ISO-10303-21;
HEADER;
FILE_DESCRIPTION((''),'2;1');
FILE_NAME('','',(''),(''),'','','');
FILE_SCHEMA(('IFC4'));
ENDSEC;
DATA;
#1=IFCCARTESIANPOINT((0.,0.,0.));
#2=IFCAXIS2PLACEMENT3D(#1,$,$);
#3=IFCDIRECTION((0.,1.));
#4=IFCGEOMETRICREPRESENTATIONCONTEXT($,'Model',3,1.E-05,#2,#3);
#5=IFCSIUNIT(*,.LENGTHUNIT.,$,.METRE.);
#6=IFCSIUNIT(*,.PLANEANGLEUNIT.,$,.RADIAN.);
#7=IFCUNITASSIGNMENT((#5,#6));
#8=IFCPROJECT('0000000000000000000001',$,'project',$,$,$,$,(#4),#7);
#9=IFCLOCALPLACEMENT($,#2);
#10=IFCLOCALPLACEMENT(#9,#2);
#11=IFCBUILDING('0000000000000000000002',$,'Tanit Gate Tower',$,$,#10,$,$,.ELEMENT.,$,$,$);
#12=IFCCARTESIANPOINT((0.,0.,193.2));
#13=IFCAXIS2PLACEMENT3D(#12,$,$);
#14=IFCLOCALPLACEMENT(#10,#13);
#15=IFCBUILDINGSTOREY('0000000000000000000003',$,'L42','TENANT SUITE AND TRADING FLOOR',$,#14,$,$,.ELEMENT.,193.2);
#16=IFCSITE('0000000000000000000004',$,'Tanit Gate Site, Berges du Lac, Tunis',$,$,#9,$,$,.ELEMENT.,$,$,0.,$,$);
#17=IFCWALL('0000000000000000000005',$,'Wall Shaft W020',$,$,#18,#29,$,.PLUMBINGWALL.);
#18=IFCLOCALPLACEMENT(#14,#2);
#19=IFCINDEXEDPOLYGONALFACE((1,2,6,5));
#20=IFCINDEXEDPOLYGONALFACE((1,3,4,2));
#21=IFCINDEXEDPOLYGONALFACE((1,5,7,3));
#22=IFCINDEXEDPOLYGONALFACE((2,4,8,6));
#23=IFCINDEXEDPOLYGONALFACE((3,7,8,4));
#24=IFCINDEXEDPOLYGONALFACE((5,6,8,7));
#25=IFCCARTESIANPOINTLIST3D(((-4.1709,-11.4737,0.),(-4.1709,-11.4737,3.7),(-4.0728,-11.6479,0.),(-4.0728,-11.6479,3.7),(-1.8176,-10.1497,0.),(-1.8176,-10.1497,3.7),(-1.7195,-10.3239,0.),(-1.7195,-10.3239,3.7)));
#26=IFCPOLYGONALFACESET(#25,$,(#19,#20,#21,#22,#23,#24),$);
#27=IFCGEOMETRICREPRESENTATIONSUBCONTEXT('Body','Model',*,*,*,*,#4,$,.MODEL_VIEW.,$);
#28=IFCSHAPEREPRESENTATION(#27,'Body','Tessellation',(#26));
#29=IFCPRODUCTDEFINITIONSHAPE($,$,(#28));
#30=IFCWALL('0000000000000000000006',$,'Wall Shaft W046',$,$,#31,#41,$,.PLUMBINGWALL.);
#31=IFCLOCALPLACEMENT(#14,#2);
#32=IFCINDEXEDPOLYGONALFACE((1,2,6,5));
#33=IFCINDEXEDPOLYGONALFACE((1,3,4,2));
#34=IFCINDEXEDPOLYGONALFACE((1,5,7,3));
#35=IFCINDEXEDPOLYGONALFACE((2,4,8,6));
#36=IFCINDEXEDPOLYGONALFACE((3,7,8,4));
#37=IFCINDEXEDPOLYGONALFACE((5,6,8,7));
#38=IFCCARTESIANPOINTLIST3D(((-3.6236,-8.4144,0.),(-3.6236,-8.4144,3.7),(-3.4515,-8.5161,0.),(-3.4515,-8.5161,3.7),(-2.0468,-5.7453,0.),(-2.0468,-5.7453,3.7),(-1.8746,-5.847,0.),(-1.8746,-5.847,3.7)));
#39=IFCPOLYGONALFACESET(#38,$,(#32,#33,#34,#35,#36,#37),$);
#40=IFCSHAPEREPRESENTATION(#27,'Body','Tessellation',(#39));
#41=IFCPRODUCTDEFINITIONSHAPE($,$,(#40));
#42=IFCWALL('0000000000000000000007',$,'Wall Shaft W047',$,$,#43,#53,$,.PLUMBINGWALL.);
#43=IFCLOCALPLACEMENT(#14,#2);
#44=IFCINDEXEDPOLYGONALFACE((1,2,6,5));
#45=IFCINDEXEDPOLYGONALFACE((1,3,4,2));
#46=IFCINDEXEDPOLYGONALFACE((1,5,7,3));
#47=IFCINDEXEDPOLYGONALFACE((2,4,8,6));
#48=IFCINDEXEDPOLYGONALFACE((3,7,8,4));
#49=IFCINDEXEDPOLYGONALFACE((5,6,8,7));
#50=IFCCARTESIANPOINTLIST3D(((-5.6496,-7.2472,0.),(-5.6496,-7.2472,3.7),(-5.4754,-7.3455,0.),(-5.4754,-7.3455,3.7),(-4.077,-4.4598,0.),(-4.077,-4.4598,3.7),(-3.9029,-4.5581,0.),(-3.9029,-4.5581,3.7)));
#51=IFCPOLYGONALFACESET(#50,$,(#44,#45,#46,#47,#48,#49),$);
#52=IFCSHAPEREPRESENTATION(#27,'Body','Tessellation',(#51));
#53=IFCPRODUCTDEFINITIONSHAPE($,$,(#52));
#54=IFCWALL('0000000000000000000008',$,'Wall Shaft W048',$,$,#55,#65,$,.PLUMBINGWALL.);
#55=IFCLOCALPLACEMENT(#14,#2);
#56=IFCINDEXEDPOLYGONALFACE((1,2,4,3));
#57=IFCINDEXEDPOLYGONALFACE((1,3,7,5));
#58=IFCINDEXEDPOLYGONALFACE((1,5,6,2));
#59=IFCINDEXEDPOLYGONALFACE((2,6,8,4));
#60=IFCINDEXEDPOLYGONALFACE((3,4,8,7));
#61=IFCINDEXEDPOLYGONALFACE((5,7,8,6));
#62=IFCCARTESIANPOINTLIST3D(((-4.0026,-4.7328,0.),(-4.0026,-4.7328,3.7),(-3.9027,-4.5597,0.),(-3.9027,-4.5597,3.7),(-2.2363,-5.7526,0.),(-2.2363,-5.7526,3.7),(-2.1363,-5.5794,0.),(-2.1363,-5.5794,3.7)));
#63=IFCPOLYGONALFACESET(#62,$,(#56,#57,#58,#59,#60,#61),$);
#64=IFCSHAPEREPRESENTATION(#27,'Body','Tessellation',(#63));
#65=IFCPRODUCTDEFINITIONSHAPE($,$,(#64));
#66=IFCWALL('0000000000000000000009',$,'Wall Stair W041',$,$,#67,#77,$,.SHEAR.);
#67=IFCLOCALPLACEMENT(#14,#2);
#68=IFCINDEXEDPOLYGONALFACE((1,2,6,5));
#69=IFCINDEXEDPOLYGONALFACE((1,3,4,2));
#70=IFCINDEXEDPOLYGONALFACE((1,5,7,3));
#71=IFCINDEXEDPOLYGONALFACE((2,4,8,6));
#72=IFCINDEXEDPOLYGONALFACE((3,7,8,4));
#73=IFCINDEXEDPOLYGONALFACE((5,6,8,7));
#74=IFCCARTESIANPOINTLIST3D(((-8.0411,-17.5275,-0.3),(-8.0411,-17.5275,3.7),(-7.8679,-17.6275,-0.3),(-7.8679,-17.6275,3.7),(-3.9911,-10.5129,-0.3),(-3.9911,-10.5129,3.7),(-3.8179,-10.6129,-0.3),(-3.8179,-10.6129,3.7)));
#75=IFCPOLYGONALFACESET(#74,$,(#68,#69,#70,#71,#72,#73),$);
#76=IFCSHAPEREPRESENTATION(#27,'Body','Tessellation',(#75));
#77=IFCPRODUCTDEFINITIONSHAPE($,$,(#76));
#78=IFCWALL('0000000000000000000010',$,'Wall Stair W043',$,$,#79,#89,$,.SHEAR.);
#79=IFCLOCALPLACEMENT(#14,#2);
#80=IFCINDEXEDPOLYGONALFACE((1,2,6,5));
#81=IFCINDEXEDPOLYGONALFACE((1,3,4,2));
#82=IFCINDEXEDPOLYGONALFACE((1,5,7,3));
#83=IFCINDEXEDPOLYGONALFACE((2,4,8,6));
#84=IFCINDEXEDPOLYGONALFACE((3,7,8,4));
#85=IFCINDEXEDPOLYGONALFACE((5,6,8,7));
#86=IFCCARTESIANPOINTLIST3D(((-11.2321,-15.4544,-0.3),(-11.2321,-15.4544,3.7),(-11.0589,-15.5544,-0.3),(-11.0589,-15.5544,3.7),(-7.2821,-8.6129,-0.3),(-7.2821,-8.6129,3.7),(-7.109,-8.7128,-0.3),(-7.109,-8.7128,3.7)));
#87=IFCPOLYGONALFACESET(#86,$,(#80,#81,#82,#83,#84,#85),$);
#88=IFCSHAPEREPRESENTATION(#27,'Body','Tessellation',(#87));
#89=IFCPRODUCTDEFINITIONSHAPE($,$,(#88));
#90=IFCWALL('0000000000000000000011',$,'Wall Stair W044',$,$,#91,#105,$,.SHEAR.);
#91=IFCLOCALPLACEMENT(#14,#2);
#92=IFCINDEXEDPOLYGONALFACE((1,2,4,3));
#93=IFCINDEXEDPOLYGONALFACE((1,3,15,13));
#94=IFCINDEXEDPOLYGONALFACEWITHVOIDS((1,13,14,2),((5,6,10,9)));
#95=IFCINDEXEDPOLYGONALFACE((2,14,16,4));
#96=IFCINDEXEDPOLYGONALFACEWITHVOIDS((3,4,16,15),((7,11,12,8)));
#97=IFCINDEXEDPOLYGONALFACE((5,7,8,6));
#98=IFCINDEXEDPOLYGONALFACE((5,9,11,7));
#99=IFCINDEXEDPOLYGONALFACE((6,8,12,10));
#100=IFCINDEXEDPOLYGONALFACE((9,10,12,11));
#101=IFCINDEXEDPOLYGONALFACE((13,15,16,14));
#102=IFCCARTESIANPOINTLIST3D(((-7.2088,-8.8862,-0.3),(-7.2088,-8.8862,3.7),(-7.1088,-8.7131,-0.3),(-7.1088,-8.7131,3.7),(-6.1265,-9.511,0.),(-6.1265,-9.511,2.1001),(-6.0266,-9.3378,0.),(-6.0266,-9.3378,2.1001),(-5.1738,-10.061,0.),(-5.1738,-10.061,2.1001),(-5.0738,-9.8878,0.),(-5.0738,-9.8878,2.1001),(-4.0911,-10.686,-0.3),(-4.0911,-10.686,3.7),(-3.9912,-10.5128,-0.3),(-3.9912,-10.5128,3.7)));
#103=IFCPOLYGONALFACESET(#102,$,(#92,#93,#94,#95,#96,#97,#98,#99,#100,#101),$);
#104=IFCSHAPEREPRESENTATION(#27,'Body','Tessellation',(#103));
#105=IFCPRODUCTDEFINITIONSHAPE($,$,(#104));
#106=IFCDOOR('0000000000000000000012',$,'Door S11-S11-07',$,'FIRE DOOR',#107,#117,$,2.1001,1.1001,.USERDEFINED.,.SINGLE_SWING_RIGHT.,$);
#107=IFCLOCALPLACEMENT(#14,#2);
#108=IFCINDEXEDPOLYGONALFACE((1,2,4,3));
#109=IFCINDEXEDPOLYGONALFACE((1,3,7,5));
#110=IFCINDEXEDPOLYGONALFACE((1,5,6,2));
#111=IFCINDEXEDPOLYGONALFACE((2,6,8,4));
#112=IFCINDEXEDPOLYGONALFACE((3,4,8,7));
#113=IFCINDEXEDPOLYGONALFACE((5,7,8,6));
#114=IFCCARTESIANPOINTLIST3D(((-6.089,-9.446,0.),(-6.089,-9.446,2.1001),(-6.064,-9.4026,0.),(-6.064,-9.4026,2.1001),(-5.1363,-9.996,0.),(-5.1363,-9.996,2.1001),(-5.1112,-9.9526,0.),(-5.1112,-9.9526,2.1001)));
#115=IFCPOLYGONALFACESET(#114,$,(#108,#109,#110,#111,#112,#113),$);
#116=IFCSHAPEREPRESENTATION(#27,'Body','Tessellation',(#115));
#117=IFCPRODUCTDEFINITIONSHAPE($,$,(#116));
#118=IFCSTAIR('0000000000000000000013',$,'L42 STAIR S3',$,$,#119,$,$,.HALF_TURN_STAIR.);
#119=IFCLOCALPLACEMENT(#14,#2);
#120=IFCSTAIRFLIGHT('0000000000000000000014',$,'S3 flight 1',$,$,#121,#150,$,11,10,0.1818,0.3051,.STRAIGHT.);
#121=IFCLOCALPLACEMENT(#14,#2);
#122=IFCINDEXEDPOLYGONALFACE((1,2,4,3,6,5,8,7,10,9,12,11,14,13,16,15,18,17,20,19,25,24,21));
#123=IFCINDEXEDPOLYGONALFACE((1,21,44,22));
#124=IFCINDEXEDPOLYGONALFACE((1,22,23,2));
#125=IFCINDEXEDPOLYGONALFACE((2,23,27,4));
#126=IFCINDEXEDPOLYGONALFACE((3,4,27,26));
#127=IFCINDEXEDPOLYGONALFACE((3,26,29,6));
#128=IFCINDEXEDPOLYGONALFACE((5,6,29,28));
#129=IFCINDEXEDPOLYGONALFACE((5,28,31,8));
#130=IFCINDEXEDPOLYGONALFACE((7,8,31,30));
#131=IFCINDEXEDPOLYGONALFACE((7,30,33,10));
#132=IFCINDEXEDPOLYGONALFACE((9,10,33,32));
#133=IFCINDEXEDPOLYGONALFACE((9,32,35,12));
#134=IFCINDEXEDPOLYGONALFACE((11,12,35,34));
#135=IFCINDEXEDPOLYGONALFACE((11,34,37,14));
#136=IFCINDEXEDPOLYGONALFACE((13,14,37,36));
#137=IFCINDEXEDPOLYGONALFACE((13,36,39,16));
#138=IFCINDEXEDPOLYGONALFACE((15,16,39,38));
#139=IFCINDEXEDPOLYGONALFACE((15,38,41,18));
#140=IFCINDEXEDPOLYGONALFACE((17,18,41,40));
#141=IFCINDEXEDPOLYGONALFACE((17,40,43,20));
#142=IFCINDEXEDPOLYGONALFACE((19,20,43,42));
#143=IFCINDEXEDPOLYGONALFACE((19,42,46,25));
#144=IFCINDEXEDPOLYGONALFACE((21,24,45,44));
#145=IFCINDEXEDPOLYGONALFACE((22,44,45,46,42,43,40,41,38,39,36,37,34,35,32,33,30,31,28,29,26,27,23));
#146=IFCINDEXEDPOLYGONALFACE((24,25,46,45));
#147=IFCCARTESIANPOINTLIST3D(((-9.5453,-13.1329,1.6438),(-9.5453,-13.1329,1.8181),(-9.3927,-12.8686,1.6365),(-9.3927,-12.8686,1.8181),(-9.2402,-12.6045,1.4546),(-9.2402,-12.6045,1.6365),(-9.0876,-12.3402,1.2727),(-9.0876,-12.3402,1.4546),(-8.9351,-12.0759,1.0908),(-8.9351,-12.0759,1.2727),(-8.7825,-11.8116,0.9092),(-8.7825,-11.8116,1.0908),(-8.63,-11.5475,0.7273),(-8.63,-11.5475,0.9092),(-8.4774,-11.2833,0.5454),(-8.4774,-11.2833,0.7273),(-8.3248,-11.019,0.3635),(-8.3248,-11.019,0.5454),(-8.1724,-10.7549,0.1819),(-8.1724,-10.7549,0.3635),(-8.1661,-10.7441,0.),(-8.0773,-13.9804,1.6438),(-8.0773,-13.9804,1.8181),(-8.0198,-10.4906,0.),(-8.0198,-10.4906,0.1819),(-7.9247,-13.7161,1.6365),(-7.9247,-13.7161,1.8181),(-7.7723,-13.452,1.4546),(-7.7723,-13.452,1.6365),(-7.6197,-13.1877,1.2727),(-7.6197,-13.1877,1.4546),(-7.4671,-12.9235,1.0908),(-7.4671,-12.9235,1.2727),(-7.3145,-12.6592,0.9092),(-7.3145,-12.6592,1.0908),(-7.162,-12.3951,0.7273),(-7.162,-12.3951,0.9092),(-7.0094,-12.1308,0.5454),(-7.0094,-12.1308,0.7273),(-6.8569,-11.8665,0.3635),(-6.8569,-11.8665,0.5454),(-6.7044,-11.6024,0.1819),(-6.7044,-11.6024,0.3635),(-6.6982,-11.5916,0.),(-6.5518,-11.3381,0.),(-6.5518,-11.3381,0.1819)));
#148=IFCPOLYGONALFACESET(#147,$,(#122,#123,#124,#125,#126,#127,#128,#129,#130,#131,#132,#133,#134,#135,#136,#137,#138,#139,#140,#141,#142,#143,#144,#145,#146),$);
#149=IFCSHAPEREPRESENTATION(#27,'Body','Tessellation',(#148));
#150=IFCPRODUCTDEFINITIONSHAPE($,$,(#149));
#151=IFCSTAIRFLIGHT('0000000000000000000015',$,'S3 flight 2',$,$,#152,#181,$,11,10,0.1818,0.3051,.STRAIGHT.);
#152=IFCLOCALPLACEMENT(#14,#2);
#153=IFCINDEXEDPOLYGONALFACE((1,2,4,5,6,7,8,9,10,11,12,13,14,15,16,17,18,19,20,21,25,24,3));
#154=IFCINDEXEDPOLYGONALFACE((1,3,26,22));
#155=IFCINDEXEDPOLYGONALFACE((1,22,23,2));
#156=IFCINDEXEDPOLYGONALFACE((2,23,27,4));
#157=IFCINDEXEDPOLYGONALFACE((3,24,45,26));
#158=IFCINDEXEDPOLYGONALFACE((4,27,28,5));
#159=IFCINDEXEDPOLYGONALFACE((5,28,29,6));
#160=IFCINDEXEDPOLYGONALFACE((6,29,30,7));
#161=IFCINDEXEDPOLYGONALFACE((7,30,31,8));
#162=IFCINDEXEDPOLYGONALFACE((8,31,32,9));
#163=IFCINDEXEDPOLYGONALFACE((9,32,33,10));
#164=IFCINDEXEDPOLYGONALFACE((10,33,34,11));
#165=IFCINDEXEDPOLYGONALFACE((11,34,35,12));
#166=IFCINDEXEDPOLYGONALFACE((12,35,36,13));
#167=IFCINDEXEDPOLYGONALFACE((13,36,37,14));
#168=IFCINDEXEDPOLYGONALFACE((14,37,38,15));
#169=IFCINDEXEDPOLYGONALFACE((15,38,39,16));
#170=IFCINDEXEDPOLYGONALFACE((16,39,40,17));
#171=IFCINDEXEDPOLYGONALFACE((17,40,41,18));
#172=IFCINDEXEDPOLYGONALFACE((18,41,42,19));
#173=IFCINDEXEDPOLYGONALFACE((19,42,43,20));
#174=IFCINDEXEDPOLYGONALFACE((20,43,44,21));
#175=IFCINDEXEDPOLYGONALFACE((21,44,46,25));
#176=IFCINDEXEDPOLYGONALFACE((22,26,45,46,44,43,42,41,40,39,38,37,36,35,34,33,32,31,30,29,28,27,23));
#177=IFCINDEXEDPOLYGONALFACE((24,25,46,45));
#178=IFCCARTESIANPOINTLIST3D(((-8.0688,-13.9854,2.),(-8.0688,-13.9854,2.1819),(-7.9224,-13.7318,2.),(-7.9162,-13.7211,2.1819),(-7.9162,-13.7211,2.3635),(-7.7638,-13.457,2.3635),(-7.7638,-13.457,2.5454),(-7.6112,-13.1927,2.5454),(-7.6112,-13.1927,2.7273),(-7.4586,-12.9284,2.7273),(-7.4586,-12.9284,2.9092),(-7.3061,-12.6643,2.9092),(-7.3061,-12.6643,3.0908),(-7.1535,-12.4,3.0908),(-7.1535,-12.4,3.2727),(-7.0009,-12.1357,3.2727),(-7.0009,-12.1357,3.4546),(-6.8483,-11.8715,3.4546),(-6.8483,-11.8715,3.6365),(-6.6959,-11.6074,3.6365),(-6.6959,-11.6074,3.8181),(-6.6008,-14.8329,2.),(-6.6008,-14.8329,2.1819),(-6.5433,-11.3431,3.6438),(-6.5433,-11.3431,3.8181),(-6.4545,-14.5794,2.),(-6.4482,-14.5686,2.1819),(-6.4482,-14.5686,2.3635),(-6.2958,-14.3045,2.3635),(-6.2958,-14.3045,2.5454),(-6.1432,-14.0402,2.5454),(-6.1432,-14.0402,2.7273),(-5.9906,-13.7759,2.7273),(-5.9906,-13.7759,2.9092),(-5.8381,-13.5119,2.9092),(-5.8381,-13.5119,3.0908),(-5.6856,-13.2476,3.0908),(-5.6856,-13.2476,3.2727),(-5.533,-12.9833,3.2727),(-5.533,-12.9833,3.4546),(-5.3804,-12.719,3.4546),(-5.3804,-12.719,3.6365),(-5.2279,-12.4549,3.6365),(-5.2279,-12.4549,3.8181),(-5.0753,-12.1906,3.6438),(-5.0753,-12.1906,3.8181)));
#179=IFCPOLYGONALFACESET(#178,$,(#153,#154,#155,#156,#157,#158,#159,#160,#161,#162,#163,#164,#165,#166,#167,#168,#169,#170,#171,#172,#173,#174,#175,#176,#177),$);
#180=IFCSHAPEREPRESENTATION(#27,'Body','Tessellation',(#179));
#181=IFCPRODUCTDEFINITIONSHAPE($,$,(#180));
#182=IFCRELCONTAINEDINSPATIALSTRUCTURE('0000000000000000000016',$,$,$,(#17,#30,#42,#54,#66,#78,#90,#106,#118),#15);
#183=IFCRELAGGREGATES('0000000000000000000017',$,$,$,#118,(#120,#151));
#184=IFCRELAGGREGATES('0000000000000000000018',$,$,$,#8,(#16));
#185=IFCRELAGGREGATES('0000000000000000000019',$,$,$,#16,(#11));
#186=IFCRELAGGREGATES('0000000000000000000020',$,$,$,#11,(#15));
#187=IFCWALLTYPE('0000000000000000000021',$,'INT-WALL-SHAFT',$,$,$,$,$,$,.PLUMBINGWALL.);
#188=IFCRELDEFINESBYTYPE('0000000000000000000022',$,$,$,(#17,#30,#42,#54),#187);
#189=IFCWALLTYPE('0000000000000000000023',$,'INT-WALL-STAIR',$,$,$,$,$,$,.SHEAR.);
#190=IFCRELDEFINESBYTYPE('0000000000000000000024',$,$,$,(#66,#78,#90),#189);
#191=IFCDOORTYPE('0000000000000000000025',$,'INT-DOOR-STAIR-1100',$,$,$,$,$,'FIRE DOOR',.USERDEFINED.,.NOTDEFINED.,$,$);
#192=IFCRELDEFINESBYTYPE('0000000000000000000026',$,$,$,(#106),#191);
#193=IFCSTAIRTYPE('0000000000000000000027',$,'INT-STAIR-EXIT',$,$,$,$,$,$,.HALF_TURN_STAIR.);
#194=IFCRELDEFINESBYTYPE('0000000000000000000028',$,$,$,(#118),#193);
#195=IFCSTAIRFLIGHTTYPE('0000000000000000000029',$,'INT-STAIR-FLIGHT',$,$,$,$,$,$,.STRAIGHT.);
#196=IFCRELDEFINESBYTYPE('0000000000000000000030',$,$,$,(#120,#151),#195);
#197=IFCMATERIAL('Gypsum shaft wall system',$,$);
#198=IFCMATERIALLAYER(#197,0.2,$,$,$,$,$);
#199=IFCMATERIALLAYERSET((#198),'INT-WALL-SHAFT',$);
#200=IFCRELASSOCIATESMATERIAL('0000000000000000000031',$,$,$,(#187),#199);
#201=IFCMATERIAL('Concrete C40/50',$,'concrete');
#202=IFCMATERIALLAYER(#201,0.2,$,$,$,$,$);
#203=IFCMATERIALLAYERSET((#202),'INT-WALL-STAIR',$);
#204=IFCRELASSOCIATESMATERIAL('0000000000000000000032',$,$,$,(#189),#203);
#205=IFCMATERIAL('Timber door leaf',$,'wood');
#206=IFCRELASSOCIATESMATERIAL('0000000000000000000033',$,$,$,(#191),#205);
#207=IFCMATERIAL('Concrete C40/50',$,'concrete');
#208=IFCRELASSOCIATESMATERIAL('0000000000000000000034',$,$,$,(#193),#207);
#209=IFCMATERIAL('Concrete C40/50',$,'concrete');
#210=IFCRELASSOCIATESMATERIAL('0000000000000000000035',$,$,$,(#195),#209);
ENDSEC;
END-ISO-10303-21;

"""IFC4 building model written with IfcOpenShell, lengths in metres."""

from ifc_helpers import new_model, si_unit, direction, frame, frame_2d, origin, place, context, subcontext, project, spatial, polyline, rectangle, outline, extrude, material, layer, layer_set, type_object, element, fill, aggregate, save


model = new_model("IFC4")

# Units and contexts
model_context = context("Model", 3, precision=1e-05, world=origin(), true_north=direction((0.0, 1.0)))
body_context = subcontext(model_context, "Body", "Model", "MODEL_VIEW")
ifc_project = project(units=[si_unit("LENGTHUNIT", "METRE"), si_unit("PLANEANGLEUNIT", "RADIAN")], contexts=[model_context])

# Site, building, storey
site_placement = place(None, origin())
site = spatial("IfcSite", under=ifc_project, at=site_placement, Name="Tanit Gate Site, Berges du Lac, Tunis", CompositionType="ELEMENT", RefElevation=0.0)
building_placement = place(site_placement, origin())
building = spatial("IfcBuilding", under=site, at=building_placement, Name="Tanit Gate Tower", CompositionType="ELEMENT")
storey_placement = place(building_placement, frame((0.0, 0.0, 193.2)))
storey = spatial("IfcBuildingStorey", under=building, at=storey_placement, Name="L42", Description="TENANT SUITE AND TRADING FLOOR", CompositionType="ELEMENT", Elevation=193.2)

# Wall
ifc_material_1 = material(Name="Gypsum shaft wall system")
ifc_layer_1 = layer(ifc_material_1, 0.2)
ifc_layer_set_1 = layer_set([ifc_layer_1], Name="INT-WALL-SHAFT")
wall_type_1 = type_object("IfcWallType", Name="INT-WALL-SHAFT", PredefinedType="PLUMBINGWALL", material=ifc_layer_set_1)
wall_1_placement = place(storey_placement, frame((-1.7686, -10.2368, 0.0), z_axis=(0.0, 0.0, 1.0), x_axis=(-0.871534, -0.490334, 0.0)))
element("IfcWall", 1, at=wall_1_placement, inside=storey, type_object=wall_type_1, Name="Wall Shaft W020", PredefinedType="PLUMBINGWALL", context=body_context, shape_type="SweptSolid", body=[
    extrude(rectangle(XDim=2.7002, YDim=0.2, at=frame_2d((1.3501, 0.0))), origin(), (0.0, 0.0, 1.0), 3.7),
])

# Walls
wall_2_placement = place(storey_placement, frame((-1.9607, -5.7961, 0.0), z_axis=(0.0, 0.0, 1.0), x_axis=(-0.508647, -0.860975, 0.0)))
element("IfcWall", 2, at=wall_2_placement, inside=storey, type_object=wall_type_1, Name="Wall Shaft W046", PredefinedType="PLUMBINGWALL", context=body_context, shape_type="SweptSolid", body=[
    extrude(rectangle(XDim=3.1001, YDim=0.2, at=frame_2d((1.55, 0.0))), origin(), (0.0, 0.0, 1.0), 3.7),
])
wall_3_placement = place(storey_placement, frame((-3.99, -4.509, 0.0), z_axis=(0.0, 0.0, 1.0), x_axis=(-0.491358, -0.870958, 0.0)))
element("IfcWall", 3, at=wall_3_placement, inside=storey, type_object=wall_type_1, Name="Wall Shaft W047", PredefinedType="PLUMBINGWALL", context=body_context, shape_type="SweptSolid", body=[
    extrude(rectangle(XDim=3.2004, YDim=0.2, at=frame_2d((1.6001, 0.0))), origin(), (0.0, 0.0, 1.0), 3.7),
])
wall_4_placement = place(storey_placement, frame((-3.9526, -4.6462, 0.0), z_axis=(0.0, 0.0, 1.0), x_axis=(0.866032, -0.499988, 0.0)))
element("IfcWall", 4, at=wall_4_placement, inside=storey, type_object=wall_type_1, Name="Wall Shaft W048", PredefinedType="PLUMBINGWALL", context=body_context, shape_type="SweptSolid", body=[
    extrude(rectangle(XDim=2.0396, YDim=0.2, at=frame_2d((1.0198, 0.0))), origin(), (0.0, 0.0, 1.0), 3.7),
])
ifc_material_2 = material(Name="Concrete C40/50", Category="concrete")
ifc_layer_2 = layer(ifc_material_2, 0.2)
ifc_layer_set_2 = layer_set([ifc_layer_2], Name="INT-WALL-STAIR")
wall_type_2 = type_object("IfcWallType", Name="INT-WALL-STAIR", PredefinedType="SHEAR", material=ifc_layer_set_2)
wall_5_placement = place(storey_placement, frame((-3.9045, -10.563, -0.3), z_axis=(0.0, 0.0, 1.0), x_axis=(-0.500013, -0.866018, 0.0)))
element("IfcWall", 5, at=wall_5_placement, inside=storey, type_object=wall_type_2, Name="Wall Stair W041", PredefinedType="SHEAR", context=body_context, shape_type="SweptSolid", body=[
    extrude(rectangle(XDim=8.0999, YDim=0.2, at=frame_2d((4.0498, 0.0))), origin(), (0.0, 0.0, 1.0), 4.0),
])
wall_6_placement = place(storey_placement, frame((-7.1956, -8.6628, -0.3), z_axis=(0.0, 0.0, 1.0), x_axis=(-0.499998, -0.866027, 0.0)))
element("IfcWall", 6, at=wall_6_placement, inside=storey, type_object=wall_type_2, Name="Wall Stair W043", PredefinedType="SHEAR", context=body_context, shape_type="SweptSolid", body=[
    extrude(rectangle(XDim=7.8999, YDim=0.2, at=frame_2d((3.95, 0.0))), origin(), (0.0, 0.0, 1.0), 4.0),
])

# Wall, opening, door
wall_7_placement = place(storey_placement, frame((-4.0413, -10.5994, -0.3), z_axis=(0.0, 0.0, 1.0), x_axis=(-0.866048, 0.499961, 0.0)))
wall_7 = element("IfcWall", 7, at=wall_7_placement, inside=storey, type_object=wall_type_2, Name="Wall Stair W044", PredefinedType="SHEAR", context=body_context, shape_type="SweptSolid", body=[
    extrude(rectangle(XDim=3.5999, YDim=0.2, at=frame_2d((1.7998, 0.0))), origin(), (0.0, 0.0, 1.0), 4.0),
])
opening_1_placement = place(wall_7_placement, frame((1.25, 0.0, 0.3)))
opening_1 = element("IfcOpeningElement", 8, at=opening_1_placement, cuts=wall_7, PredefinedType="OPENING", context=body_context, shape_type="SweptSolid", body=[
    extrude(rectangle(XDim=1.1001, YDim=2.1001, at=frame_2d((0.55, 1.05))), frame((0.0, 0.1099, 0.0), z_axis=(0.0, -1.0, 0.0), x_axis=(1.0, 0.0, 0.0)), (0.0, 0.0, 1.0), 0.22),
])
ifc_material_3 = material(Name="Timber door leaf", Category="wood")
door_type_1 = type_object("IfcDoorType", Name="INT-DOOR-STAIR-1100", ElementType="FIRE DOOR", OperationType="NOTDEFINED", PredefinedType="USERDEFINED", material=ifc_material_3)
door_1_placement = place(opening_1_placement, origin())
door_1 = element("IfcDoor", 9, at=door_1_placement, inside=storey, type_object=door_type_1, Name="Door S11-S11-07", ObjectType="FIRE DOOR", OperationType="SINGLE_SWING_RIGHT", OverallHeight=2.1001, OverallWidth=1.1001, PredefinedType="USERDEFINED", context=body_context, shape_type="SweptSolid", body=[
    extrude(rectangle(XDim=1.1001, YDim=2.1001, at=frame_2d((0.55, 1.05))), frame((0.0, 0.0249, 0.0), z_axis=(0.0, -1.0, 0.0), x_axis=(1.0, 0.0, 0.0)), (0.0, 0.0, 1.0), 0.05),
])
fill(opening_1, door_1)

# Stair, stair flights
ifc_material_4 = material(Name="Concrete C40/50", Category="concrete")
stair_type = type_object("IfcStairType", Name="INT-STAIR-EXIT", PredefinedType="HALF_TURN_STAIR", material=ifc_material_4)
stair_placement = place(storey_placement, origin())
stair = element("IfcStair", 10, at=stair_placement, inside=storey, type_object=stair_type, Name="L42 STAIR S3", PredefinedType="HALF_TURN_STAIR")
ifc_material_5 = material(Name="Concrete C40/50", Category="concrete")
stair_flight_type = type_object("IfcStairFlightType", Name="INT-STAIR-FLIGHT", PredefinedType="STRAIGHT", material=ifc_material_5)
stair_flight_1_placement = place(storey_placement, frame((-7.2859, -10.9143, 0.0), z_axis=(0.0, 0.0, 1.0), x_axis=(-0.5, -0.866025, 0.0)))
stair_flight_1 = element("IfcStairFlight", 11, at=stair_flight_1_placement, type_object=stair_flight_type, Name="S3 flight 1", NumberOfRisers=11, NumberOfTreads=10, PredefinedType="STRAIGHT", RiserHeight=0.1818, TreadLength=0.3051, context=body_context, shape_type="SweptSolid", body=[
    extrude(outline(polyline([(0.0, 0.0), (0.0, 0.1819), (0.3052, 0.1819), (0.3052, 0.3635), (0.6101, 0.3635), (0.6101, 0.5454), (0.9153, 0.5454), (0.9153, 0.7273), (1.2205, 0.7273), (1.2205, 0.9092), (1.5254, 0.9092), (1.5254, 1.0908), (1.8306, 1.0908), (1.8306, 1.2727), (2.1357, 1.2727), (2.1357, 1.4546), (2.4409, 1.4546), (2.4409, 1.6365), (2.7458, 1.6365), (2.7458, 1.8181), (3.051, 1.8181), (3.051, 2.0), (3.051, 1.6438), (0.2927, 0.0), (0.0, 0.0)])), frame((0.0, 0.8477, 0.0), z_axis=(0.0, -1.0, 0.0), x_axis=(1.0, 0.0, 0.0)), (0.0, 0.0, 1.0), 1.6951),
])
stair_flight_2_placement = place(storey_placement, frame((-7.3347, -14.4092, 2.0), z_axis=(0.0, 0.0, 1.0), x_axis=(0.5, 0.866025, 0.0)))
stair_flight_2 = element("IfcStairFlight", 12, at=stair_flight_2_placement, type_object=stair_flight_type, Name="S3 flight 2", NumberOfRisers=11, NumberOfTreads=10, PredefinedType="STRAIGHT", RiserHeight=0.1818, TreadLength=0.3051, context=body_context, shape_type="SweptSolid", body=[
    extrude(outline(polyline([(0.0, 0.0), (0.0, 0.1819), (0.3052, 0.1819), (0.3052, 0.3635), (0.6101, 0.3635), (0.6101, 0.5454), (0.9153, 0.5454), (0.9153, 0.7273), (1.2205, 0.7273), (1.2205, 0.9092), (1.5254, 0.9092), (1.5254, 1.0908), (1.8306, 1.0908), (1.8306, 1.2727), (2.1357, 1.2727), (2.1357, 1.4546), (2.4409, 1.4546), (2.4409, 1.6365), (2.7458, 1.6365), (2.7458, 1.8181), (3.051, 1.8181), (3.051, 2.0), (3.051, 1.6438), (0.2927, 0.0), (0.0, 0.0)])), frame((0.0, 0.8477, 0.0), z_axis=(0.0, -1.0, 0.0), x_axis=(1.0, 0.0, 0.0)), (0.0, 0.0, 1.0), 1.6951),
])
aggregate(stair, [stair_flight_1, stair_flight_2])

save(model, "model.ifc")
